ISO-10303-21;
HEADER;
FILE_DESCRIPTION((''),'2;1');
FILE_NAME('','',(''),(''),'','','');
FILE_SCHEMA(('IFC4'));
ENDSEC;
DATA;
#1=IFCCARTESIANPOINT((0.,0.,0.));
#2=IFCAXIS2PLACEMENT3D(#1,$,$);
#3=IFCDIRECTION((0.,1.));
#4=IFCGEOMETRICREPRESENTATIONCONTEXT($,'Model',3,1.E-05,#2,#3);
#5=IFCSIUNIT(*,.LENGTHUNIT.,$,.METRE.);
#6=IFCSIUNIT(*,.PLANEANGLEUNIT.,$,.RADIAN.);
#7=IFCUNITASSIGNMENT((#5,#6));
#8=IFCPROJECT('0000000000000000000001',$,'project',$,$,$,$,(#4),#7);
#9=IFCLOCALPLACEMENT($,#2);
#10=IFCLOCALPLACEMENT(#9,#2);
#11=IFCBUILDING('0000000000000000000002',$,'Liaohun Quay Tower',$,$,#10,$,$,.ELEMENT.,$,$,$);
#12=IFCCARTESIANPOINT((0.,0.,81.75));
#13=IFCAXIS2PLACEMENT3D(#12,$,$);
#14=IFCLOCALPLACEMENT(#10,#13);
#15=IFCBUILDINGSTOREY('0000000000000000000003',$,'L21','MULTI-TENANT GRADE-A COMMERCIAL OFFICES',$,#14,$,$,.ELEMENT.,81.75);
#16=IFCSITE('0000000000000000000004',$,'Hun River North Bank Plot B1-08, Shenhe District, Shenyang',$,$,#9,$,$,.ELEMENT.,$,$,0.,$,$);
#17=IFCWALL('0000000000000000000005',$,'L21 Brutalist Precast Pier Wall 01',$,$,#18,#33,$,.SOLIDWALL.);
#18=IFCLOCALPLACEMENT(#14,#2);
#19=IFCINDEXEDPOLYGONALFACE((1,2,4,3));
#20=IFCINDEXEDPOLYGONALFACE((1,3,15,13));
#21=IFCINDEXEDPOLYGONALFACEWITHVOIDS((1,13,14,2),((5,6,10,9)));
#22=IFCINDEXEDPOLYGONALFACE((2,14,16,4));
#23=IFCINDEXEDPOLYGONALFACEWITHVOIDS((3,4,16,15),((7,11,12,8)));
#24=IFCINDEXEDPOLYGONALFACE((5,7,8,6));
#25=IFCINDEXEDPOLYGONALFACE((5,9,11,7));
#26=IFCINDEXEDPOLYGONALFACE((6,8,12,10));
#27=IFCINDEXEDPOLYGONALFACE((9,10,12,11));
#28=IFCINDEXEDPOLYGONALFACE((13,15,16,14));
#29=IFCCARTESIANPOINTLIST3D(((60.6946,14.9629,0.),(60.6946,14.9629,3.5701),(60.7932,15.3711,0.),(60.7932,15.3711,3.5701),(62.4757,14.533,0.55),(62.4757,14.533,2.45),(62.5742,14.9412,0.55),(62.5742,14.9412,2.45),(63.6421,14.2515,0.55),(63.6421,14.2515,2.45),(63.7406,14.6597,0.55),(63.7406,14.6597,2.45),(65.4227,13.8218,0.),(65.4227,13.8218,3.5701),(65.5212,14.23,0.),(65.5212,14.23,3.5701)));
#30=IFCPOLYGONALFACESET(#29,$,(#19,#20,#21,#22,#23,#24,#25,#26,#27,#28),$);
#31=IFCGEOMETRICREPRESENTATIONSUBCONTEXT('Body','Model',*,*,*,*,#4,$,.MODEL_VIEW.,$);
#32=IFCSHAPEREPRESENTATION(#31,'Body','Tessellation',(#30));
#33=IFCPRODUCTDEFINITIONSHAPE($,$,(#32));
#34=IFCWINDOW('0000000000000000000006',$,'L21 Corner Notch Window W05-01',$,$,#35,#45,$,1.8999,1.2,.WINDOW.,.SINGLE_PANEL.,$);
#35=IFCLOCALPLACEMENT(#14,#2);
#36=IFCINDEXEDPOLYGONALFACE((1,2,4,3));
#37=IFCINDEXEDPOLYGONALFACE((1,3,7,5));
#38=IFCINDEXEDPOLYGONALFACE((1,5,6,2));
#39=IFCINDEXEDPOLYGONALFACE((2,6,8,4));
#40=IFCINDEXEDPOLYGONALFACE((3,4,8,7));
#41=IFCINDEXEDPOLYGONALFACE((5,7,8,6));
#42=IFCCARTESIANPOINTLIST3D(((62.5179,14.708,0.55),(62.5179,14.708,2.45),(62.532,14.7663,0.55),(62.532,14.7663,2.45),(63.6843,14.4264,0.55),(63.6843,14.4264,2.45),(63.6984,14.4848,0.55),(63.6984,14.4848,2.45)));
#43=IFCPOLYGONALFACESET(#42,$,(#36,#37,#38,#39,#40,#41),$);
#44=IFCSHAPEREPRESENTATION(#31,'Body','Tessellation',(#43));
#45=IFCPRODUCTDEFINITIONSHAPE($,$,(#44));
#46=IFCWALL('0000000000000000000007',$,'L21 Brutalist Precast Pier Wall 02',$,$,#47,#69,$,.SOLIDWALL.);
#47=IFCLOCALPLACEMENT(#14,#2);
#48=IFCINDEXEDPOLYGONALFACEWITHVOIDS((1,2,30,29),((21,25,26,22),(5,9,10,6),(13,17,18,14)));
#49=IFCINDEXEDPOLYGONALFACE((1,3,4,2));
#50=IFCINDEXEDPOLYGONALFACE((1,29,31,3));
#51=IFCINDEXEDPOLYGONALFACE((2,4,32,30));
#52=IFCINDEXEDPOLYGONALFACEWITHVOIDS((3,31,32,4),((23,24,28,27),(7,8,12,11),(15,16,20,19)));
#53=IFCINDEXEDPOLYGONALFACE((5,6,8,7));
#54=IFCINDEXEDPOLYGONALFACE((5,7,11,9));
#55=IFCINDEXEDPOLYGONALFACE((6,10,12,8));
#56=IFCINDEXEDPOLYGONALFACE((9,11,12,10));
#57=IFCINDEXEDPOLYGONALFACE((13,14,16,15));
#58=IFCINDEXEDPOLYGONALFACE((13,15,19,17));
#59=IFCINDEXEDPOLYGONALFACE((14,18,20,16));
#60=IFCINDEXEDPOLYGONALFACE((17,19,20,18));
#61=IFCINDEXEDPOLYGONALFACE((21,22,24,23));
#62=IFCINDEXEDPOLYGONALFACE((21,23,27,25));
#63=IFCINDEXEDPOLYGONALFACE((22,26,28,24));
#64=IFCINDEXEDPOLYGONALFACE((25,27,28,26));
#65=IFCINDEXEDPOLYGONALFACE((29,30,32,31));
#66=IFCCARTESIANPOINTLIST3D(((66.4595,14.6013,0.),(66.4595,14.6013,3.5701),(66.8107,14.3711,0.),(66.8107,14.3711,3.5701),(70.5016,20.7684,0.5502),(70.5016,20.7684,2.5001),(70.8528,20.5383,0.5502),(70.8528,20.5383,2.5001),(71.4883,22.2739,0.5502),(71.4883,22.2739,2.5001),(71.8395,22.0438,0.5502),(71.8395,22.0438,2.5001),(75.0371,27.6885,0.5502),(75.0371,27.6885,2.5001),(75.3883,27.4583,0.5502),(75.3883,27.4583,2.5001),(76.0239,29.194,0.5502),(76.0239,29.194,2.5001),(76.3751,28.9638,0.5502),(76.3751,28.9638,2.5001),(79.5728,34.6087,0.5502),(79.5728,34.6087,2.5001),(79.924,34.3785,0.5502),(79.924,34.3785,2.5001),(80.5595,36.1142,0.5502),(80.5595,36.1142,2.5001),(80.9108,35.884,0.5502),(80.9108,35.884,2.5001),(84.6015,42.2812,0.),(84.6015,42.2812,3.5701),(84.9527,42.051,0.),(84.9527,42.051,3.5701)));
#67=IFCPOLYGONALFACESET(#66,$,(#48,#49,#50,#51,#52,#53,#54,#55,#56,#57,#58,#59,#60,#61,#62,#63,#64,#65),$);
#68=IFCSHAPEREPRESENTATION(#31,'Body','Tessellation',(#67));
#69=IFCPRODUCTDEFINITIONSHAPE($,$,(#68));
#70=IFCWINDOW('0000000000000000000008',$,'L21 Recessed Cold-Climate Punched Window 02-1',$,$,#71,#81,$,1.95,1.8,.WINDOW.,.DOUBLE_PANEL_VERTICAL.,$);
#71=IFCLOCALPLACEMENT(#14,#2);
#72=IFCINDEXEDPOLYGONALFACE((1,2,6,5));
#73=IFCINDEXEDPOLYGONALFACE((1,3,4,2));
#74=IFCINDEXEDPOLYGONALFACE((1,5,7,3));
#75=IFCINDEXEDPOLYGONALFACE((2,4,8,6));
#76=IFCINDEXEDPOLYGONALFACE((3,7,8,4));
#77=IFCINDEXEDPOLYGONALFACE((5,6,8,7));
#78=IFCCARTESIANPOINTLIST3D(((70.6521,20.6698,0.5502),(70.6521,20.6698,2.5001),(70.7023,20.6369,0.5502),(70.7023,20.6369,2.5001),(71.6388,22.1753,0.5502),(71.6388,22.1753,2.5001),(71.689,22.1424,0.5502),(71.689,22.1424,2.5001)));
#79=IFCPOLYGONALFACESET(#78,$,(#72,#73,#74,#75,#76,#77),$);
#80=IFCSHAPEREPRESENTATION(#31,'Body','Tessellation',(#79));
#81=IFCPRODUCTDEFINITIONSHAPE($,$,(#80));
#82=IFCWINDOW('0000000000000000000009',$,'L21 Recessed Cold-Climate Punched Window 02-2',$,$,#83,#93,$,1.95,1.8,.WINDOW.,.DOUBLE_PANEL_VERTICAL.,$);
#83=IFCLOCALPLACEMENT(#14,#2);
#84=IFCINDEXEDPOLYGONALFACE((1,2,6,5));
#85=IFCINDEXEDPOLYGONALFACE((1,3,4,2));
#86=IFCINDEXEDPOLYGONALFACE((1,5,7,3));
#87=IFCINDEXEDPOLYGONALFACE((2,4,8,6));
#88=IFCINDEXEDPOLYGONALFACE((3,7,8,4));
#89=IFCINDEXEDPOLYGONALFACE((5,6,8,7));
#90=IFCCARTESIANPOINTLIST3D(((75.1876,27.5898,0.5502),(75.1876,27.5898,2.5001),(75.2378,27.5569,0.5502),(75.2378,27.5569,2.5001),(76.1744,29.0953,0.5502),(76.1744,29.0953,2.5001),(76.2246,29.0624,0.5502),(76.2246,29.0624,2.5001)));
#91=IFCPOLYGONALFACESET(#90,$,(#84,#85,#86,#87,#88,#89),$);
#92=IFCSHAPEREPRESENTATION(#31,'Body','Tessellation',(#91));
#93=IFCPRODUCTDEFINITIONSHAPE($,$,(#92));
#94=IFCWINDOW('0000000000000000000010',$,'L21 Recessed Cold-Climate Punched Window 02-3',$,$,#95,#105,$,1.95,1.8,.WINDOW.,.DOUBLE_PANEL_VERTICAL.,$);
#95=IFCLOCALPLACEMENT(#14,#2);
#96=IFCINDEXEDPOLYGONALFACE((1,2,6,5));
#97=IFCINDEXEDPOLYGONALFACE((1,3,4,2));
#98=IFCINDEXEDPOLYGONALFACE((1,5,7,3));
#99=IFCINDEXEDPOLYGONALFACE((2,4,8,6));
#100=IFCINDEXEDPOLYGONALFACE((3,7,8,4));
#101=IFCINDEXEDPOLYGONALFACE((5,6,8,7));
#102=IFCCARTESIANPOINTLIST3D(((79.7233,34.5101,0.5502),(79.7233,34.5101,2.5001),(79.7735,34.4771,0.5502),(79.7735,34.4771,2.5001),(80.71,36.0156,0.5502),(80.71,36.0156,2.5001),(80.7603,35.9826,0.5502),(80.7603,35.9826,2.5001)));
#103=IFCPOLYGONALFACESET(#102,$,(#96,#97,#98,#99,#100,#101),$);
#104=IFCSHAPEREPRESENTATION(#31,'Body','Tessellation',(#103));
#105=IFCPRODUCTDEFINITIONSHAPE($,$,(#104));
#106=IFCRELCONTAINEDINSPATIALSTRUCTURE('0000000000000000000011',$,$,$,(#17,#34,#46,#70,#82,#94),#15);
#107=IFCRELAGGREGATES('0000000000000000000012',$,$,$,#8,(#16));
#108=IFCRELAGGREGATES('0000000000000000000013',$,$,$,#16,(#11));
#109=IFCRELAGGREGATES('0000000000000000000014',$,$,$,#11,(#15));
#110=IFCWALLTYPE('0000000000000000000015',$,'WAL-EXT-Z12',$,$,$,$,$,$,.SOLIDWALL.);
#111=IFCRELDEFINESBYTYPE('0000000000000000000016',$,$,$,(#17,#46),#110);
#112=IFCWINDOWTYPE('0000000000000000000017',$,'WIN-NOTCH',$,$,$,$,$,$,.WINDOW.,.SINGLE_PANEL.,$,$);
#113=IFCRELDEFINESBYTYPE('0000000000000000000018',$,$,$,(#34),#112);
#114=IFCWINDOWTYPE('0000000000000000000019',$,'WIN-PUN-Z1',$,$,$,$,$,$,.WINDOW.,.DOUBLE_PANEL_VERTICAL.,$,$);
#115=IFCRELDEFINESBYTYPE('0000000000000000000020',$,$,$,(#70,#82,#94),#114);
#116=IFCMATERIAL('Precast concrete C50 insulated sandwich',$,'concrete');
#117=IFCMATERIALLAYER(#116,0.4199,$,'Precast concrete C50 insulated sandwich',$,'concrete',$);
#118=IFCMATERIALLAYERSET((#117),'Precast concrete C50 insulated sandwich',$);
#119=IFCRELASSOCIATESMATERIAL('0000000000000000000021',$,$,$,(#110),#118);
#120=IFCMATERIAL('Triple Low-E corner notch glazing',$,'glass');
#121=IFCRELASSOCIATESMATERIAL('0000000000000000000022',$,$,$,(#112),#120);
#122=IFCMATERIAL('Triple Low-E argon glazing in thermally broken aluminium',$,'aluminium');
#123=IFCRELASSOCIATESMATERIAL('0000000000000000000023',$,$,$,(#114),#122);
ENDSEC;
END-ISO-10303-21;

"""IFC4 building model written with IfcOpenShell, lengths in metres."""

from ifc_helpers import new_model, si_unit, direction, frame, frame_2d, origin, place, context, subcontext, project, spatial, rectangle, extrude, source, transform, mapped, material, layer, layer_set, type_object, element, fill, save


model = new_model("IFC4")

# Units and contexts
model_context = context("Model", 3, precision=1e-05, world=origin(), true_north=direction((0.0, 1.0)))
body_context = subcontext(model_context, "Body", "Model", "MODEL_VIEW")
ifc_project = project(units=[si_unit("LENGTHUNIT", "METRE"), si_unit("PLANEANGLEUNIT", "RADIAN")], contexts=[model_context])

# Site, building, storey
site_placement = place(None, origin())
site = spatial("IfcSite", under=ifc_project, at=site_placement, Name="Hun River North Bank Plot B1-08, Shenhe District, Shenyang", CompositionType="ELEMENT", RefElevation=0.0)
building_placement = place(site_placement, origin())
building = spatial("IfcBuilding", under=site, at=building_placement, Name="Liaohun Quay Tower", CompositionType="ELEMENT")
storey_placement = place(building_placement, frame((0.0, 0.0, 81.75)))
storey = spatial("IfcBuildingStorey", under=building, at=storey_placement, Name="L21", Description="MULTI-TENANT GRADE-A COMMERCIAL OFFICES", CompositionType="ELEMENT", Elevation=81.75)

# Wall, opening, window
ifc_material_1 = material(Name="Precast concrete C50 insulated sandwich", Category="concrete")
ifc_layer_1 = layer(ifc_material_1, 0.4199, Name="Precast concrete C50 insulated sandwich", Category="concrete")
ifc_layer_set_1 = layer_set([ifc_layer_1], Name="Precast concrete C50 insulated sandwich")
wall_type_1 = type_object("IfcWallType", Name="WAL-EXT-Z12", PredefinedType="SOLIDWALL", material=ifc_layer_set_1)
wall_1_placement = place(storey_placement, frame((60.7439, 15.167, 0.0), z_axis=(0.0, 0.0, 1.0), x_axis=(0.972089, -0.234614, 0.0)))
wall_1 = element("IfcWall", 1, at=wall_1_placement, inside=storey, type_object=wall_type_1, Name="L21 Brutalist Precast Pier Wall 01", PredefinedType="SOLIDWALL", context=body_context, shape_type="SweptSolid", body=[
    extrude(rectangle(XDim=4.8638, YDim=0.4199, at=frame_2d((2.4319, 0.0))), origin(), (0.0, 0.0, 1.0), 3.5701),
])
shared_shape_1 = source(origin(), body_context, "Body", "SweptSolid", [
    extrude(rectangle(XDim=1.2, YDim=1.8999, at=frame_2d((0.6001, 0.95))), frame((0.0, 0.22, 0.0), z_axis=(0.0, -1.0, 0.0), x_axis=(1.0, 0.0, 0.0)), (0.0, 0.0, 1.0), 0.4399),
])
opening_1_placement = place(wall_1_placement, frame((1.832, 0.0, 0.55)))
opening_1 = element("IfcOpeningElement", 2, at=opening_1_placement, cuts=wall_1, PredefinedType="OPENING", context=body_context, shape_type="MappedRepresentation", body=[
    mapped(shared_shape_1, transform((0.0, 0.0, 0.0), x_axis=(1.0, 0.0, 0.0), y_axis=(0.0, 1.0, 0.0), z_axis=(0.0, 0.0, 1.0), scale=1.0)),
])
ifc_material_2 = material(Name="Triple Low-E corner notch glazing", Category="glass")
window_type_1 = type_object("IfcWindowType", Name="WIN-NOTCH", PartitioningType="SINGLE_PANEL", PredefinedType="WINDOW", material=ifc_material_2)
shared_shape_2 = source(origin(), body_context, "Body", "SweptSolid", [
    extrude(rectangle(XDim=1.2, YDim=1.8999, at=frame_2d((0.6001, 0.95))), frame((0.0, 0.03, 0.0), z_axis=(0.0, -1.0, 0.0), x_axis=(1.0, 0.0, 0.0)), (0.0, 0.0, 1.0), 0.0601),
])
window_1_placement = place(opening_1_placement, origin())
window_1 = element("IfcWindow", 3, at=window_1_placement, inside=storey, type_object=window_type_1, Name="L21 Corner Notch Window W05-01", OverallHeight=1.8999, OverallWidth=1.2, PartitioningType="SINGLE_PANEL", PredefinedType="WINDOW", context=body_context, shape_type="MappedRepresentation", body=[
    mapped(shared_shape_2, transform((0.0, 0.0, 0.0), x_axis=(1.0, 0.0, 0.0), y_axis=(0.0, 1.0, 0.0), z_axis=(0.0, 0.0, 1.0), scale=1.0)),
])
fill(opening_1, window_1)

# Wall, openings, windows
wall_2_placement = place(storey_placement, frame((66.635, 14.4861, 0.0), z_axis=(0.0, 0.0, 1.0), x_axis=(0.548173, 0.836365, 0.0)))
wall_2 = element("IfcWall", 4, at=wall_2_placement, inside=storey, type_object=wall_type_1, Name="L21 Brutalist Precast Pier Wall 02", PredefinedType="SOLIDWALL", context=body_context, shape_type="SweptSolid", body=[
    extrude(rectangle(XDim=33.0955, YDim=0.4199, at=frame_2d((16.5479, 0.0))), origin(), (0.0, 0.0, 1.0), 3.5701),
])
shared_shape_3 = source(origin(), body_context, "Body", "SweptSolid", [
    extrude(rectangle(XDim=1.8, YDim=1.95, at=frame_2d((0.8999, 0.9751))), frame((0.0, 0.22, 0.0), z_axis=(0.0, -1.0, 0.0), x_axis=(1.0, 0.0, 0.0)), (0.0, 0.0, 1.0), 0.4399),
])
opening_2_placement = place(wall_2_placement, frame((7.374, 0.0, 0.55)))
opening_2 = element("IfcOpeningElement", 5, at=opening_2_placement, cuts=wall_2, PredefinedType="OPENING", context=body_context, shape_type="MappedRepresentation", body=[
    mapped(shared_shape_3, transform((0.0, 0.0, 0.0), x_axis=(1.0, 0.0, 0.0), y_axis=(0.0, 1.0, 0.0), z_axis=(0.0, 0.0, 1.0), scale=1.0)),
])
opening_3_placement = place(wall_2_placement, frame((15.6479, 0.0, 0.55)))
opening_3 = element("IfcOpeningElement", 6, at=opening_3_placement, cuts=wall_2, PredefinedType="OPENING", context=body_context, shape_type="MappedRepresentation", body=[
    mapped(shared_shape_3, transform((0.0, 0.0, 0.0), x_axis=(1.0, 0.0, 0.0), y_axis=(0.0, 1.0, 0.0), z_axis=(0.0, 0.0, 1.0), scale=1.0)),
])
opening_4_placement = place(wall_2_placement, frame((23.9221, 0.0, 0.55)))
opening_4 = element("IfcOpeningElement", 7, at=opening_4_placement, cuts=wall_2, PredefinedType="OPENING", context=body_context, shape_type="MappedRepresentation", body=[
    mapped(shared_shape_3, transform((0.0, 0.0, 0.0), x_axis=(1.0, 0.0, 0.0), y_axis=(0.0, 1.0, 0.0), z_axis=(0.0, 0.0, 1.0), scale=1.0)),
])
ifc_material_3 = material(Name="Triple Low-E argon glazing in thermally broken aluminium", Category="aluminium")
window_type_2 = type_object("IfcWindowType", Name="WIN-PUN-Z1", PartitioningType="DOUBLE_PANEL_VERTICAL", PredefinedType="WINDOW", material=ifc_material_3)
shared_shape_4 = source(origin(), body_context, "Body", "SweptSolid", [
    extrude(rectangle(XDim=1.8, YDim=1.95, at=frame_2d((0.8999, 0.9751))), frame((0.0, 0.03, 0.0), z_axis=(0.0, -1.0, 0.0), x_axis=(1.0, 0.0, 0.0)), (0.0, 0.0, 1.0), 0.0601),
])
window_2_placement = place(opening_2_placement, origin())
window_2 = element("IfcWindow", 8, at=window_2_placement, inside=storey, type_object=window_type_2, Name="L21 Recessed Cold-Climate Punched Window 02-1", OverallHeight=1.95, OverallWidth=1.8, PartitioningType="DOUBLE_PANEL_VERTICAL", PredefinedType="WINDOW", context=body_context, shape_type="MappedRepresentation", body=[
    mapped(shared_shape_4, transform((0.0, 0.0, 0.0), x_axis=(1.0, 0.0, 0.0), y_axis=(0.0, 1.0, 0.0), z_axis=(0.0, 0.0, 1.0), scale=1.0)),
])
fill(opening_2, window_2)
window_3_placement = place(opening_3_placement, origin())
window_3 = element("IfcWindow", 9, at=window_3_placement, inside=storey, type_object=window_type_2, Name="L21 Recessed Cold-Climate Punched Window 02-2", OverallHeight=1.95, OverallWidth=1.8, PartitioningType="DOUBLE_PANEL_VERTICAL", PredefinedType="WINDOW", context=body_context, shape_type="MappedRepresentation", body=[
    mapped(shared_shape_4, transform((0.0, 0.0, 0.0), x_axis=(1.0, 0.0, 0.0), y_axis=(0.0, 1.0, 0.0), z_axis=(0.0, 0.0, 1.0), scale=1.0)),
])
fill(opening_3, window_3)
window_4_placement = place(opening_4_placement, origin())
window_4 = element("IfcWindow", 10, at=window_4_placement, inside=storey, type_object=window_type_2, Name="L21 Recessed Cold-Climate Punched Window 02-3", OverallHeight=1.95, OverallWidth=1.8, PartitioningType="DOUBLE_PANEL_VERTICAL", PredefinedType="WINDOW", context=body_context, shape_type="MappedRepresentation", body=[
    mapped(shared_shape_4, transform((0.0, 0.0, 0.0), x_axis=(1.0, 0.0, 0.0), y_axis=(0.0, 1.0, 0.0), z_axis=(0.0, 0.0, 1.0), scale=1.0)),
])
fill(opening_4, window_4)

save(model, "model.ifc")
